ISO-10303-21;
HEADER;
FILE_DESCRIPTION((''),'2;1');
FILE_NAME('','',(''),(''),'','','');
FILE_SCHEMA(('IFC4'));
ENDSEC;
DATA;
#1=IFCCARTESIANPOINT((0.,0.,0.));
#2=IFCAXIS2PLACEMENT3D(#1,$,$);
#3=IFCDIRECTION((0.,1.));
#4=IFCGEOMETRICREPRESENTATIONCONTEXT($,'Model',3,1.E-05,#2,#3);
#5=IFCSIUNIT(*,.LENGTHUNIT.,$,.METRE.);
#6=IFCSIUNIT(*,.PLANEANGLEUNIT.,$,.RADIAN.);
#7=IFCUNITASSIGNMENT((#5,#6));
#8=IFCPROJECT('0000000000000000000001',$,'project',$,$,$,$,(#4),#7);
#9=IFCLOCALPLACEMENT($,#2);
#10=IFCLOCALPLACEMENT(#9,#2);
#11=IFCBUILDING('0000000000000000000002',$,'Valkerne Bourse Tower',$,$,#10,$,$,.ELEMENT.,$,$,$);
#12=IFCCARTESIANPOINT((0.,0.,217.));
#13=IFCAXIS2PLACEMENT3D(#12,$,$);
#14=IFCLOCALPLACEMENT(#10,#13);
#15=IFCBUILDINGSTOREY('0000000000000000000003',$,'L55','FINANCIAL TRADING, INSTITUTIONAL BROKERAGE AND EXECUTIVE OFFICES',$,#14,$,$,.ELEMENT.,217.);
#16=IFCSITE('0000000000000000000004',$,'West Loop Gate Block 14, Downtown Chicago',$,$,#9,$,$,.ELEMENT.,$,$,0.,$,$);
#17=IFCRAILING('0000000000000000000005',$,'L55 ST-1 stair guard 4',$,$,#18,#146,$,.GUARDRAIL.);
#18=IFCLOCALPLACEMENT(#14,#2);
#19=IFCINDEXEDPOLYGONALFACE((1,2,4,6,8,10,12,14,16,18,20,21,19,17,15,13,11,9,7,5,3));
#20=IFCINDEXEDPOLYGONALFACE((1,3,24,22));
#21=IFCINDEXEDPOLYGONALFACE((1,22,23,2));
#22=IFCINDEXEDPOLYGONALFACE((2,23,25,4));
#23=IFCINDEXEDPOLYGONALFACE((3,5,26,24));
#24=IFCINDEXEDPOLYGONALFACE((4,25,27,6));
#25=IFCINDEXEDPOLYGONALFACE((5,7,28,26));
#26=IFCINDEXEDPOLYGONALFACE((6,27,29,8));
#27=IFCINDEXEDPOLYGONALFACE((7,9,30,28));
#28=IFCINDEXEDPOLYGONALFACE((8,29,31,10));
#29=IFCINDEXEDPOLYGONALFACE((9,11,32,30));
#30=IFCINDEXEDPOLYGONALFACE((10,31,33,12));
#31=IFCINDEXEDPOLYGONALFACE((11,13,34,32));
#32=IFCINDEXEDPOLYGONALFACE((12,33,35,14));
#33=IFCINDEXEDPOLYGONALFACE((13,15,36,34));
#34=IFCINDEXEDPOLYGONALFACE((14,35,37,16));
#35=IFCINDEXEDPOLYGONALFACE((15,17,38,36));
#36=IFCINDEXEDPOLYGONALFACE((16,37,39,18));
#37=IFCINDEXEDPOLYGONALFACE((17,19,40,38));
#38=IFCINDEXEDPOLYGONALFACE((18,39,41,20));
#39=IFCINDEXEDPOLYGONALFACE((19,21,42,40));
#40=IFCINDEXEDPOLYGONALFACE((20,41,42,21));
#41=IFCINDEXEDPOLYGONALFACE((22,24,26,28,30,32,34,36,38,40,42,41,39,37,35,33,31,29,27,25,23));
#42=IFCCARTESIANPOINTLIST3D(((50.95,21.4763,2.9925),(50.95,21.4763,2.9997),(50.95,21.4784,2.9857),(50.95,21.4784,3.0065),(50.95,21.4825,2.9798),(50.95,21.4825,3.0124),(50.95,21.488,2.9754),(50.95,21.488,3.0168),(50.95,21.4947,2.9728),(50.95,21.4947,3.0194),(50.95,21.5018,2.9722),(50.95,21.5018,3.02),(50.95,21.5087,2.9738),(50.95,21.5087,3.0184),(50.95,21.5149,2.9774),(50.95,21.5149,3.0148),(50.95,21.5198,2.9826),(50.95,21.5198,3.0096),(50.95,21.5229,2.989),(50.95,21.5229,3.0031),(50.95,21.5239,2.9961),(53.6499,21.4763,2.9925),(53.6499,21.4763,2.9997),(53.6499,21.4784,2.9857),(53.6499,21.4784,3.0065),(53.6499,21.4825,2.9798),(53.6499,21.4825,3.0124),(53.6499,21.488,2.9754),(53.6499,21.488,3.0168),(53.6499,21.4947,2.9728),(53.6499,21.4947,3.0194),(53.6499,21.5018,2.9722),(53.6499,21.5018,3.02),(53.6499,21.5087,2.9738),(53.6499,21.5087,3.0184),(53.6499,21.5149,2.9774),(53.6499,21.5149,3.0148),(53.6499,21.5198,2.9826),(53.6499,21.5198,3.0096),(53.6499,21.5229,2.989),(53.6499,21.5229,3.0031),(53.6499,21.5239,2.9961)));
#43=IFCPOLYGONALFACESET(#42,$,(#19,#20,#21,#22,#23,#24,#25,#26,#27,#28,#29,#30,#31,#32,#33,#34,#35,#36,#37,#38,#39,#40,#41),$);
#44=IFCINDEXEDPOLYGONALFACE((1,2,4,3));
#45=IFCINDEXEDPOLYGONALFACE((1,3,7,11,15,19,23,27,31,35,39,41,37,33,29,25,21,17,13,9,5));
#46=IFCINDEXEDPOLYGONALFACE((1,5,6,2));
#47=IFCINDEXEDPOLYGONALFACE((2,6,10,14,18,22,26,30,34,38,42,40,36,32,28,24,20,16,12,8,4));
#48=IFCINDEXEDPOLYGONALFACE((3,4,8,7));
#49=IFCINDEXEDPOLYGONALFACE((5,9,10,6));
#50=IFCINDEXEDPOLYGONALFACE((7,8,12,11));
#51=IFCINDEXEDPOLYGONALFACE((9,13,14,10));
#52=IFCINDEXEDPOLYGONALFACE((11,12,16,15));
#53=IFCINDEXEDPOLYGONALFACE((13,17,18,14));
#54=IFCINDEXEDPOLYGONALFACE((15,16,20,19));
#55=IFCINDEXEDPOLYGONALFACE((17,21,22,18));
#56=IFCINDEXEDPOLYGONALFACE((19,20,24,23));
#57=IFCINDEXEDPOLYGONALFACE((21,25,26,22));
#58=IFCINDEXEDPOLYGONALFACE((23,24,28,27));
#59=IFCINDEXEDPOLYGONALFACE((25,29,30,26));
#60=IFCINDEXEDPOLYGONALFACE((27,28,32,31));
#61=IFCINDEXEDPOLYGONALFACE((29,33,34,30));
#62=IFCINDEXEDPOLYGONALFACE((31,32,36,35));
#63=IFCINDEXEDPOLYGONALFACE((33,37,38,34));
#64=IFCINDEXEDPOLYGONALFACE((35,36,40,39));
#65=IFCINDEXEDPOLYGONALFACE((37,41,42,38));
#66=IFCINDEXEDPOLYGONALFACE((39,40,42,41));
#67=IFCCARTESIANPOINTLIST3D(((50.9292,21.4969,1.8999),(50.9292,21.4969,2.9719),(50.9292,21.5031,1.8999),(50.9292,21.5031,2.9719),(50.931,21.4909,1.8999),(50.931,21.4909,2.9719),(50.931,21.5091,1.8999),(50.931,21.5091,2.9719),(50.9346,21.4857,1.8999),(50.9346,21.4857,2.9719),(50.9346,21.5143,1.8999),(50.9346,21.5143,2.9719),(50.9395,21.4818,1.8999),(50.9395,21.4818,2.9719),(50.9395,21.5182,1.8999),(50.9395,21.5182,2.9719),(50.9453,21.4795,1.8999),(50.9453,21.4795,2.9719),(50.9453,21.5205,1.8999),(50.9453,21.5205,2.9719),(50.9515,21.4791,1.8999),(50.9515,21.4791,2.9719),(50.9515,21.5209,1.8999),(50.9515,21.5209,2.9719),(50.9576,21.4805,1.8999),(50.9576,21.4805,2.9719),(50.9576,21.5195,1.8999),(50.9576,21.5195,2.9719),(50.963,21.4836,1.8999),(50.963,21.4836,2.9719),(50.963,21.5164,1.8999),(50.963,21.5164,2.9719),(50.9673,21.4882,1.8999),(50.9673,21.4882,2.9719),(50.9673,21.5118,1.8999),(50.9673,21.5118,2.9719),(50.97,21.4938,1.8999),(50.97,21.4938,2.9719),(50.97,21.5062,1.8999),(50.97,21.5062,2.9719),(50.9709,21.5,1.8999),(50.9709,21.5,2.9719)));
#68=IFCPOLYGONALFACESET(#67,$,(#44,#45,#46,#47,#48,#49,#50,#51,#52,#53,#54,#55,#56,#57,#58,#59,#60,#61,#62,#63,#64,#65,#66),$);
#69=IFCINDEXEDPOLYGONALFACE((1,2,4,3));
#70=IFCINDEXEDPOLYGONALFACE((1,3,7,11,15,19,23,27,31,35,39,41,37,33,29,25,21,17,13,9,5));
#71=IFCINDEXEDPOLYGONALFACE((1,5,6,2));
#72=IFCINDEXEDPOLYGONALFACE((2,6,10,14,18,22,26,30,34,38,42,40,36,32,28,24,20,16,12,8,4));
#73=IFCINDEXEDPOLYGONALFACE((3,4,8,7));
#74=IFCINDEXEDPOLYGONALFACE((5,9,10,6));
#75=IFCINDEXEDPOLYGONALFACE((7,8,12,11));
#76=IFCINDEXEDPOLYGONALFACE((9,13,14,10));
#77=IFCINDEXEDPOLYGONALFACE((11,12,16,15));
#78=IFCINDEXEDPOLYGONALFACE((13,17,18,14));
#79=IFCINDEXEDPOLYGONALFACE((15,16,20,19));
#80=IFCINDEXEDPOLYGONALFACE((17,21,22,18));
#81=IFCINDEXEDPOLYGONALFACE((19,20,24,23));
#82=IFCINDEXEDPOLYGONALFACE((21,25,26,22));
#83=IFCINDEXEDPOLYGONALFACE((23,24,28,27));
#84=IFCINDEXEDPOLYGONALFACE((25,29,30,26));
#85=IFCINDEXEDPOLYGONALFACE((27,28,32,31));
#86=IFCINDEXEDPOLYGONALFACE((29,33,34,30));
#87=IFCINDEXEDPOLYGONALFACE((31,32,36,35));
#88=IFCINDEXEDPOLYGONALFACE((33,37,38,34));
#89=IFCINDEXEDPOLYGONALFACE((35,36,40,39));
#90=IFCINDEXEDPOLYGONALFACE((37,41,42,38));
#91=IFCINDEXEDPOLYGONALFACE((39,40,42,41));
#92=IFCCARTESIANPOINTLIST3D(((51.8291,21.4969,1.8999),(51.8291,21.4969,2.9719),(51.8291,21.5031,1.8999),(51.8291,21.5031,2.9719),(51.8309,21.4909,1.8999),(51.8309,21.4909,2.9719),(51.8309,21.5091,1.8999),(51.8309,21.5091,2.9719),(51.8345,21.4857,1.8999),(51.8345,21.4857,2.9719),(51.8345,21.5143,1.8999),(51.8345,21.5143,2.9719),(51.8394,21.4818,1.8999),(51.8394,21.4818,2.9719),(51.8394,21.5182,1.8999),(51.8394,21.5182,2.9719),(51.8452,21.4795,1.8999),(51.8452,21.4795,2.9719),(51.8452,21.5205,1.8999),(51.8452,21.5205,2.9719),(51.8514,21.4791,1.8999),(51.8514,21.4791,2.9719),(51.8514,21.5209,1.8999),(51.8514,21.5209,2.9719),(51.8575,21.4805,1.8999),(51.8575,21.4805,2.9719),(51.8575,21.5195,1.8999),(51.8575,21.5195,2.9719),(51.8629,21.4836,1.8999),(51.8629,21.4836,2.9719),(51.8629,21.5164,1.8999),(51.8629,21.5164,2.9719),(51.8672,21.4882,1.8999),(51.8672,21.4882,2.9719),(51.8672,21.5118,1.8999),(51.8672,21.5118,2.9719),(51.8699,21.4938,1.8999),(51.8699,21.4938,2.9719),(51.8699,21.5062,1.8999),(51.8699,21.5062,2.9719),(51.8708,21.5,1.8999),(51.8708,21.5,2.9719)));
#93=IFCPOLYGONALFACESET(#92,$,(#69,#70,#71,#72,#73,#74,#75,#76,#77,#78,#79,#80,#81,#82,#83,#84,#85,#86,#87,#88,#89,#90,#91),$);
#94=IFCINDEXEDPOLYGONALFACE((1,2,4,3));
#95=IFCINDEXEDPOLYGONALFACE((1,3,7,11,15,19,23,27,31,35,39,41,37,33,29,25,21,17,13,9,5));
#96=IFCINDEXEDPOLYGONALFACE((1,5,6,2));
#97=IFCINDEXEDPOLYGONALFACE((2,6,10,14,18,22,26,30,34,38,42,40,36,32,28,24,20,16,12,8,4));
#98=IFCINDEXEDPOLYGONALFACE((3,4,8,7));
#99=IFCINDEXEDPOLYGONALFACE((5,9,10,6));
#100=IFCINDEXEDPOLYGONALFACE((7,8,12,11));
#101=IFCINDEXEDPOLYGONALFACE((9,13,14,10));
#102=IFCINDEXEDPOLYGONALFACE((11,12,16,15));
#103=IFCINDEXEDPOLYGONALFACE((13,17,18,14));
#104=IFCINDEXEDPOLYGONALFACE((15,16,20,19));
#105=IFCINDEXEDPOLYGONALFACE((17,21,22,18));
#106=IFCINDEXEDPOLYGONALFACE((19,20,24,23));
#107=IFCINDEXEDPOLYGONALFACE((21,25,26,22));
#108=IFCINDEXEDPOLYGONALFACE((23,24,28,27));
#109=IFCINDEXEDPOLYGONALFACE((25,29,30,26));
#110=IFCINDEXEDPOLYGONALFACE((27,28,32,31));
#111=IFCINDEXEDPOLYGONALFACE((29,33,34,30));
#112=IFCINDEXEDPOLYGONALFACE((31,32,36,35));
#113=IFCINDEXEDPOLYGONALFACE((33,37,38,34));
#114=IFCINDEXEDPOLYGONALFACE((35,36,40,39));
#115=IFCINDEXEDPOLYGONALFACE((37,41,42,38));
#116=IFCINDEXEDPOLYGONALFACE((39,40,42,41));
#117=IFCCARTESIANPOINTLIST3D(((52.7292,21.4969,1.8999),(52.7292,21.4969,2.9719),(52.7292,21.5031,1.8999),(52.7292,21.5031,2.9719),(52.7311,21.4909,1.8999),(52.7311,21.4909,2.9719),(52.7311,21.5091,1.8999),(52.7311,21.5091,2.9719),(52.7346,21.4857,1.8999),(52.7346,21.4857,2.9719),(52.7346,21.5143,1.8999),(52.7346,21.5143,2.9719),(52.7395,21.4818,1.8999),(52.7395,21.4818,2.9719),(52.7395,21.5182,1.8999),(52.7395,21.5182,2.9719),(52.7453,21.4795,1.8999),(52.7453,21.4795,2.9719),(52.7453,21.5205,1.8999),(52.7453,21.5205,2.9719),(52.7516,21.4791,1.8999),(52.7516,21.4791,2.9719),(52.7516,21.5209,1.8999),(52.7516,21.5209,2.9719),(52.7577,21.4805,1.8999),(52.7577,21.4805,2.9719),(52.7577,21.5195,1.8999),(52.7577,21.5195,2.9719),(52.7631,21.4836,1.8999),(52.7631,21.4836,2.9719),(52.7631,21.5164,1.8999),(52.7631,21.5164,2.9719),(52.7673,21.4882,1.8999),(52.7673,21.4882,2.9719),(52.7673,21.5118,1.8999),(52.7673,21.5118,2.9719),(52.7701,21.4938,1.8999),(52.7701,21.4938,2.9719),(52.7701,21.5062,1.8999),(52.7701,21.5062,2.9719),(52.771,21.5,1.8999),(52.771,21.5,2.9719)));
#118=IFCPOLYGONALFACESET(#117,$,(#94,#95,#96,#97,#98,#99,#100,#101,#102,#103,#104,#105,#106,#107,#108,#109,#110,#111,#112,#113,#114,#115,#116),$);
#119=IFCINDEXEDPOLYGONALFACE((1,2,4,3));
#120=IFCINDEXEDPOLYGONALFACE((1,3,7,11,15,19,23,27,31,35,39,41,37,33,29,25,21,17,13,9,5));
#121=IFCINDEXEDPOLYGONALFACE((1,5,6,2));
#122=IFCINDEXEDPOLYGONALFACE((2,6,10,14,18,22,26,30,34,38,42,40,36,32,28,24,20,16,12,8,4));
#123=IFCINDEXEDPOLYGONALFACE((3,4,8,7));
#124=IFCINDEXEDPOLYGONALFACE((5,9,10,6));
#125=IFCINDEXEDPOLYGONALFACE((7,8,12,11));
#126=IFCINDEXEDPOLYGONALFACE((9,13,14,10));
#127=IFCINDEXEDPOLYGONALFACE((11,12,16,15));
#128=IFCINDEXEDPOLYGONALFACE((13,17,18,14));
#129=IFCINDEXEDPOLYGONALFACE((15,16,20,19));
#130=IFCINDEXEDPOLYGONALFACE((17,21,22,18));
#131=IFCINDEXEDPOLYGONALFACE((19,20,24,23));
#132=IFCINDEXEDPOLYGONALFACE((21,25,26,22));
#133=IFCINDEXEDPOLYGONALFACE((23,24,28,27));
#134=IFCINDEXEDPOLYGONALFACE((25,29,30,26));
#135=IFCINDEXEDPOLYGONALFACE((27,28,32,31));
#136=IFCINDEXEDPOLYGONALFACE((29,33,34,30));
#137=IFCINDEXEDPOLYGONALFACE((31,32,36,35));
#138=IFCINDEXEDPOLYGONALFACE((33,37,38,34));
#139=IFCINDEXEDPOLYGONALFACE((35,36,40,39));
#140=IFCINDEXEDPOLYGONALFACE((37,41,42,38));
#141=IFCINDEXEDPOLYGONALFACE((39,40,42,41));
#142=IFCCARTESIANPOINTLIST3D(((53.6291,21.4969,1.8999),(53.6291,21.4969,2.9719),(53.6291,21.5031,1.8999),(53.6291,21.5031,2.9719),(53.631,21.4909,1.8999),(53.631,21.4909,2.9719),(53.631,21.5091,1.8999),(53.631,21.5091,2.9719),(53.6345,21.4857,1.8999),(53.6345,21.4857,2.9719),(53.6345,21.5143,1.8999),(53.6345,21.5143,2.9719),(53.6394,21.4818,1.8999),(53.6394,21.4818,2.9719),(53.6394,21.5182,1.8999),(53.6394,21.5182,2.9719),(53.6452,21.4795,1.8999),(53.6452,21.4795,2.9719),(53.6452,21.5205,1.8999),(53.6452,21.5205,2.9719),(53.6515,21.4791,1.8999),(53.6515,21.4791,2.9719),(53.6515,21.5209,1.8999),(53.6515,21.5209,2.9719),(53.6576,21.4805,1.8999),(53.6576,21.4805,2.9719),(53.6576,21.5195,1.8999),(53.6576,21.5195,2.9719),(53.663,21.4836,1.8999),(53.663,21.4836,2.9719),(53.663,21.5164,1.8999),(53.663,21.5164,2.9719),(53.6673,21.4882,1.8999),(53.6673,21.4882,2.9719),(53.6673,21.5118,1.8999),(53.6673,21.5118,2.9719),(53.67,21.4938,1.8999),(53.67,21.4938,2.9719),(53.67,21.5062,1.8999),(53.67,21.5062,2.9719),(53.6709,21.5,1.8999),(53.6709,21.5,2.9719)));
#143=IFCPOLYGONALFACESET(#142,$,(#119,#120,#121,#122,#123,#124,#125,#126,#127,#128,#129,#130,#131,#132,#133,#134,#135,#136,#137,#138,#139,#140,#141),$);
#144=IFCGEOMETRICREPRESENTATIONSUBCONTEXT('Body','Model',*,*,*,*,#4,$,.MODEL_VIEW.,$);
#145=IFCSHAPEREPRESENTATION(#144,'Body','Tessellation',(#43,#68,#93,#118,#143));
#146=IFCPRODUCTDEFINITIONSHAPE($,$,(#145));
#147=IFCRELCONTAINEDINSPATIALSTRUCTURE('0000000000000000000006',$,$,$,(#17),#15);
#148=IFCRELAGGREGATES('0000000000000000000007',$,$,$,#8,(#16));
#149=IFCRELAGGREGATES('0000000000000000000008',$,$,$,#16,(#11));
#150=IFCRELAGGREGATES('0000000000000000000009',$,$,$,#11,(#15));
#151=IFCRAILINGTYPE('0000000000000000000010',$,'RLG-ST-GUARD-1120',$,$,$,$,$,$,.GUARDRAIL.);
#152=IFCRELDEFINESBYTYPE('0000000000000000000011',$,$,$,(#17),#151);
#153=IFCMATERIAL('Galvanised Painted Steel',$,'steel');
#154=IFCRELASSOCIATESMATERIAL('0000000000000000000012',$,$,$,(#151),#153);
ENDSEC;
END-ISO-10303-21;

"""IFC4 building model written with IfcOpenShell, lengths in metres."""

from ifc_helpers import new_model, si_unit, direction, frame, origin, origin_2d, place, context, subcontext, project, spatial, circle, extrude, material, type_object, element, save


model = new_model("IFC4")

# Units and contexts
model_context = context("Model", 3, precision=1e-05, world=origin(), true_north=direction((0.0, 1.0)))
body_context = subcontext(model_context, "Body", "Model", "MODEL_VIEW")
ifc_project = project(units=[si_unit("LENGTHUNIT", "METRE"), si_unit("PLANEANGLEUNIT", "RADIAN")], contexts=[model_context])

# Site, building, storey
site_placement = place(None, origin())
site = spatial("IfcSite", under=ifc_project, at=site_placement, Name="West Loop Gate Block 14, Downtown Chicago", CompositionType="ELEMENT", RefElevation=0.0)
building_placement = place(site_placement, origin())
building = spatial("IfcBuilding", under=site, at=building_placement, Name="Valkerne Bourse Tower", CompositionType="ELEMENT")
storey_placement = place(building_placement, frame((0.0, 0.0, 217.0)))
storey = spatial("IfcBuildingStorey", under=building, at=storey_placement, Name="L55", Description="FINANCIAL TRADING, INSTITUTIONAL BROKERAGE AND EXECUTIVE OFFICES", CompositionType="ELEMENT", Elevation=217.0)

# Shared definitions
ifc_material_1 = material(Name="Galvanised Painted Steel", Category="steel")

# Railing
railing_type_1 = type_object("IfcRailingType", Name="RLG-ST-GUARD-1120", PredefinedType="GUARDRAIL", material=ifc_material_1)
for number, where, name in (
    (1, (50.95, 21.5, 1.8999), "L55 ST-1 stair guard 4"),
):
    element("IfcRailing", number, at=place(storey_placement, frame(where)), inside=storey, type_object=railing_type_1, Name=name, PredefinedType="GUARDRAIL", context=body_context, shape_type="SweptSolid", body=[
        extrude(circle(Radius=0.0239, at=origin_2d()), frame((0.0, 0.0, 1.0962), z_axis=(1.0, 0.0, 0.0), x_axis=(0.0, 1.0, 0.0)), (0.0, 0.0, 1.0), 2.7),
        extrude(circle(Radius=0.021, at=origin_2d()), origin(), (0.0, 0.0, 1.0), 1.072),
        extrude(circle(Radius=0.021, at=origin_2d()), frame((0.8999, 0.0, 0.0)), (0.0, 0.0, 1.0), 1.072),
        extrude(circle(Radius=0.021, at=origin_2d()), frame((1.8, 0.0, 0.0)), (0.0, 0.0, 1.0), 1.072),
        extrude(circle(Radius=0.021, at=origin_2d()), frame((2.7, 0.0, 0.0)), (0.0, 0.0, 1.0), 1.072),
    ])

save(model, "model.ifc")
